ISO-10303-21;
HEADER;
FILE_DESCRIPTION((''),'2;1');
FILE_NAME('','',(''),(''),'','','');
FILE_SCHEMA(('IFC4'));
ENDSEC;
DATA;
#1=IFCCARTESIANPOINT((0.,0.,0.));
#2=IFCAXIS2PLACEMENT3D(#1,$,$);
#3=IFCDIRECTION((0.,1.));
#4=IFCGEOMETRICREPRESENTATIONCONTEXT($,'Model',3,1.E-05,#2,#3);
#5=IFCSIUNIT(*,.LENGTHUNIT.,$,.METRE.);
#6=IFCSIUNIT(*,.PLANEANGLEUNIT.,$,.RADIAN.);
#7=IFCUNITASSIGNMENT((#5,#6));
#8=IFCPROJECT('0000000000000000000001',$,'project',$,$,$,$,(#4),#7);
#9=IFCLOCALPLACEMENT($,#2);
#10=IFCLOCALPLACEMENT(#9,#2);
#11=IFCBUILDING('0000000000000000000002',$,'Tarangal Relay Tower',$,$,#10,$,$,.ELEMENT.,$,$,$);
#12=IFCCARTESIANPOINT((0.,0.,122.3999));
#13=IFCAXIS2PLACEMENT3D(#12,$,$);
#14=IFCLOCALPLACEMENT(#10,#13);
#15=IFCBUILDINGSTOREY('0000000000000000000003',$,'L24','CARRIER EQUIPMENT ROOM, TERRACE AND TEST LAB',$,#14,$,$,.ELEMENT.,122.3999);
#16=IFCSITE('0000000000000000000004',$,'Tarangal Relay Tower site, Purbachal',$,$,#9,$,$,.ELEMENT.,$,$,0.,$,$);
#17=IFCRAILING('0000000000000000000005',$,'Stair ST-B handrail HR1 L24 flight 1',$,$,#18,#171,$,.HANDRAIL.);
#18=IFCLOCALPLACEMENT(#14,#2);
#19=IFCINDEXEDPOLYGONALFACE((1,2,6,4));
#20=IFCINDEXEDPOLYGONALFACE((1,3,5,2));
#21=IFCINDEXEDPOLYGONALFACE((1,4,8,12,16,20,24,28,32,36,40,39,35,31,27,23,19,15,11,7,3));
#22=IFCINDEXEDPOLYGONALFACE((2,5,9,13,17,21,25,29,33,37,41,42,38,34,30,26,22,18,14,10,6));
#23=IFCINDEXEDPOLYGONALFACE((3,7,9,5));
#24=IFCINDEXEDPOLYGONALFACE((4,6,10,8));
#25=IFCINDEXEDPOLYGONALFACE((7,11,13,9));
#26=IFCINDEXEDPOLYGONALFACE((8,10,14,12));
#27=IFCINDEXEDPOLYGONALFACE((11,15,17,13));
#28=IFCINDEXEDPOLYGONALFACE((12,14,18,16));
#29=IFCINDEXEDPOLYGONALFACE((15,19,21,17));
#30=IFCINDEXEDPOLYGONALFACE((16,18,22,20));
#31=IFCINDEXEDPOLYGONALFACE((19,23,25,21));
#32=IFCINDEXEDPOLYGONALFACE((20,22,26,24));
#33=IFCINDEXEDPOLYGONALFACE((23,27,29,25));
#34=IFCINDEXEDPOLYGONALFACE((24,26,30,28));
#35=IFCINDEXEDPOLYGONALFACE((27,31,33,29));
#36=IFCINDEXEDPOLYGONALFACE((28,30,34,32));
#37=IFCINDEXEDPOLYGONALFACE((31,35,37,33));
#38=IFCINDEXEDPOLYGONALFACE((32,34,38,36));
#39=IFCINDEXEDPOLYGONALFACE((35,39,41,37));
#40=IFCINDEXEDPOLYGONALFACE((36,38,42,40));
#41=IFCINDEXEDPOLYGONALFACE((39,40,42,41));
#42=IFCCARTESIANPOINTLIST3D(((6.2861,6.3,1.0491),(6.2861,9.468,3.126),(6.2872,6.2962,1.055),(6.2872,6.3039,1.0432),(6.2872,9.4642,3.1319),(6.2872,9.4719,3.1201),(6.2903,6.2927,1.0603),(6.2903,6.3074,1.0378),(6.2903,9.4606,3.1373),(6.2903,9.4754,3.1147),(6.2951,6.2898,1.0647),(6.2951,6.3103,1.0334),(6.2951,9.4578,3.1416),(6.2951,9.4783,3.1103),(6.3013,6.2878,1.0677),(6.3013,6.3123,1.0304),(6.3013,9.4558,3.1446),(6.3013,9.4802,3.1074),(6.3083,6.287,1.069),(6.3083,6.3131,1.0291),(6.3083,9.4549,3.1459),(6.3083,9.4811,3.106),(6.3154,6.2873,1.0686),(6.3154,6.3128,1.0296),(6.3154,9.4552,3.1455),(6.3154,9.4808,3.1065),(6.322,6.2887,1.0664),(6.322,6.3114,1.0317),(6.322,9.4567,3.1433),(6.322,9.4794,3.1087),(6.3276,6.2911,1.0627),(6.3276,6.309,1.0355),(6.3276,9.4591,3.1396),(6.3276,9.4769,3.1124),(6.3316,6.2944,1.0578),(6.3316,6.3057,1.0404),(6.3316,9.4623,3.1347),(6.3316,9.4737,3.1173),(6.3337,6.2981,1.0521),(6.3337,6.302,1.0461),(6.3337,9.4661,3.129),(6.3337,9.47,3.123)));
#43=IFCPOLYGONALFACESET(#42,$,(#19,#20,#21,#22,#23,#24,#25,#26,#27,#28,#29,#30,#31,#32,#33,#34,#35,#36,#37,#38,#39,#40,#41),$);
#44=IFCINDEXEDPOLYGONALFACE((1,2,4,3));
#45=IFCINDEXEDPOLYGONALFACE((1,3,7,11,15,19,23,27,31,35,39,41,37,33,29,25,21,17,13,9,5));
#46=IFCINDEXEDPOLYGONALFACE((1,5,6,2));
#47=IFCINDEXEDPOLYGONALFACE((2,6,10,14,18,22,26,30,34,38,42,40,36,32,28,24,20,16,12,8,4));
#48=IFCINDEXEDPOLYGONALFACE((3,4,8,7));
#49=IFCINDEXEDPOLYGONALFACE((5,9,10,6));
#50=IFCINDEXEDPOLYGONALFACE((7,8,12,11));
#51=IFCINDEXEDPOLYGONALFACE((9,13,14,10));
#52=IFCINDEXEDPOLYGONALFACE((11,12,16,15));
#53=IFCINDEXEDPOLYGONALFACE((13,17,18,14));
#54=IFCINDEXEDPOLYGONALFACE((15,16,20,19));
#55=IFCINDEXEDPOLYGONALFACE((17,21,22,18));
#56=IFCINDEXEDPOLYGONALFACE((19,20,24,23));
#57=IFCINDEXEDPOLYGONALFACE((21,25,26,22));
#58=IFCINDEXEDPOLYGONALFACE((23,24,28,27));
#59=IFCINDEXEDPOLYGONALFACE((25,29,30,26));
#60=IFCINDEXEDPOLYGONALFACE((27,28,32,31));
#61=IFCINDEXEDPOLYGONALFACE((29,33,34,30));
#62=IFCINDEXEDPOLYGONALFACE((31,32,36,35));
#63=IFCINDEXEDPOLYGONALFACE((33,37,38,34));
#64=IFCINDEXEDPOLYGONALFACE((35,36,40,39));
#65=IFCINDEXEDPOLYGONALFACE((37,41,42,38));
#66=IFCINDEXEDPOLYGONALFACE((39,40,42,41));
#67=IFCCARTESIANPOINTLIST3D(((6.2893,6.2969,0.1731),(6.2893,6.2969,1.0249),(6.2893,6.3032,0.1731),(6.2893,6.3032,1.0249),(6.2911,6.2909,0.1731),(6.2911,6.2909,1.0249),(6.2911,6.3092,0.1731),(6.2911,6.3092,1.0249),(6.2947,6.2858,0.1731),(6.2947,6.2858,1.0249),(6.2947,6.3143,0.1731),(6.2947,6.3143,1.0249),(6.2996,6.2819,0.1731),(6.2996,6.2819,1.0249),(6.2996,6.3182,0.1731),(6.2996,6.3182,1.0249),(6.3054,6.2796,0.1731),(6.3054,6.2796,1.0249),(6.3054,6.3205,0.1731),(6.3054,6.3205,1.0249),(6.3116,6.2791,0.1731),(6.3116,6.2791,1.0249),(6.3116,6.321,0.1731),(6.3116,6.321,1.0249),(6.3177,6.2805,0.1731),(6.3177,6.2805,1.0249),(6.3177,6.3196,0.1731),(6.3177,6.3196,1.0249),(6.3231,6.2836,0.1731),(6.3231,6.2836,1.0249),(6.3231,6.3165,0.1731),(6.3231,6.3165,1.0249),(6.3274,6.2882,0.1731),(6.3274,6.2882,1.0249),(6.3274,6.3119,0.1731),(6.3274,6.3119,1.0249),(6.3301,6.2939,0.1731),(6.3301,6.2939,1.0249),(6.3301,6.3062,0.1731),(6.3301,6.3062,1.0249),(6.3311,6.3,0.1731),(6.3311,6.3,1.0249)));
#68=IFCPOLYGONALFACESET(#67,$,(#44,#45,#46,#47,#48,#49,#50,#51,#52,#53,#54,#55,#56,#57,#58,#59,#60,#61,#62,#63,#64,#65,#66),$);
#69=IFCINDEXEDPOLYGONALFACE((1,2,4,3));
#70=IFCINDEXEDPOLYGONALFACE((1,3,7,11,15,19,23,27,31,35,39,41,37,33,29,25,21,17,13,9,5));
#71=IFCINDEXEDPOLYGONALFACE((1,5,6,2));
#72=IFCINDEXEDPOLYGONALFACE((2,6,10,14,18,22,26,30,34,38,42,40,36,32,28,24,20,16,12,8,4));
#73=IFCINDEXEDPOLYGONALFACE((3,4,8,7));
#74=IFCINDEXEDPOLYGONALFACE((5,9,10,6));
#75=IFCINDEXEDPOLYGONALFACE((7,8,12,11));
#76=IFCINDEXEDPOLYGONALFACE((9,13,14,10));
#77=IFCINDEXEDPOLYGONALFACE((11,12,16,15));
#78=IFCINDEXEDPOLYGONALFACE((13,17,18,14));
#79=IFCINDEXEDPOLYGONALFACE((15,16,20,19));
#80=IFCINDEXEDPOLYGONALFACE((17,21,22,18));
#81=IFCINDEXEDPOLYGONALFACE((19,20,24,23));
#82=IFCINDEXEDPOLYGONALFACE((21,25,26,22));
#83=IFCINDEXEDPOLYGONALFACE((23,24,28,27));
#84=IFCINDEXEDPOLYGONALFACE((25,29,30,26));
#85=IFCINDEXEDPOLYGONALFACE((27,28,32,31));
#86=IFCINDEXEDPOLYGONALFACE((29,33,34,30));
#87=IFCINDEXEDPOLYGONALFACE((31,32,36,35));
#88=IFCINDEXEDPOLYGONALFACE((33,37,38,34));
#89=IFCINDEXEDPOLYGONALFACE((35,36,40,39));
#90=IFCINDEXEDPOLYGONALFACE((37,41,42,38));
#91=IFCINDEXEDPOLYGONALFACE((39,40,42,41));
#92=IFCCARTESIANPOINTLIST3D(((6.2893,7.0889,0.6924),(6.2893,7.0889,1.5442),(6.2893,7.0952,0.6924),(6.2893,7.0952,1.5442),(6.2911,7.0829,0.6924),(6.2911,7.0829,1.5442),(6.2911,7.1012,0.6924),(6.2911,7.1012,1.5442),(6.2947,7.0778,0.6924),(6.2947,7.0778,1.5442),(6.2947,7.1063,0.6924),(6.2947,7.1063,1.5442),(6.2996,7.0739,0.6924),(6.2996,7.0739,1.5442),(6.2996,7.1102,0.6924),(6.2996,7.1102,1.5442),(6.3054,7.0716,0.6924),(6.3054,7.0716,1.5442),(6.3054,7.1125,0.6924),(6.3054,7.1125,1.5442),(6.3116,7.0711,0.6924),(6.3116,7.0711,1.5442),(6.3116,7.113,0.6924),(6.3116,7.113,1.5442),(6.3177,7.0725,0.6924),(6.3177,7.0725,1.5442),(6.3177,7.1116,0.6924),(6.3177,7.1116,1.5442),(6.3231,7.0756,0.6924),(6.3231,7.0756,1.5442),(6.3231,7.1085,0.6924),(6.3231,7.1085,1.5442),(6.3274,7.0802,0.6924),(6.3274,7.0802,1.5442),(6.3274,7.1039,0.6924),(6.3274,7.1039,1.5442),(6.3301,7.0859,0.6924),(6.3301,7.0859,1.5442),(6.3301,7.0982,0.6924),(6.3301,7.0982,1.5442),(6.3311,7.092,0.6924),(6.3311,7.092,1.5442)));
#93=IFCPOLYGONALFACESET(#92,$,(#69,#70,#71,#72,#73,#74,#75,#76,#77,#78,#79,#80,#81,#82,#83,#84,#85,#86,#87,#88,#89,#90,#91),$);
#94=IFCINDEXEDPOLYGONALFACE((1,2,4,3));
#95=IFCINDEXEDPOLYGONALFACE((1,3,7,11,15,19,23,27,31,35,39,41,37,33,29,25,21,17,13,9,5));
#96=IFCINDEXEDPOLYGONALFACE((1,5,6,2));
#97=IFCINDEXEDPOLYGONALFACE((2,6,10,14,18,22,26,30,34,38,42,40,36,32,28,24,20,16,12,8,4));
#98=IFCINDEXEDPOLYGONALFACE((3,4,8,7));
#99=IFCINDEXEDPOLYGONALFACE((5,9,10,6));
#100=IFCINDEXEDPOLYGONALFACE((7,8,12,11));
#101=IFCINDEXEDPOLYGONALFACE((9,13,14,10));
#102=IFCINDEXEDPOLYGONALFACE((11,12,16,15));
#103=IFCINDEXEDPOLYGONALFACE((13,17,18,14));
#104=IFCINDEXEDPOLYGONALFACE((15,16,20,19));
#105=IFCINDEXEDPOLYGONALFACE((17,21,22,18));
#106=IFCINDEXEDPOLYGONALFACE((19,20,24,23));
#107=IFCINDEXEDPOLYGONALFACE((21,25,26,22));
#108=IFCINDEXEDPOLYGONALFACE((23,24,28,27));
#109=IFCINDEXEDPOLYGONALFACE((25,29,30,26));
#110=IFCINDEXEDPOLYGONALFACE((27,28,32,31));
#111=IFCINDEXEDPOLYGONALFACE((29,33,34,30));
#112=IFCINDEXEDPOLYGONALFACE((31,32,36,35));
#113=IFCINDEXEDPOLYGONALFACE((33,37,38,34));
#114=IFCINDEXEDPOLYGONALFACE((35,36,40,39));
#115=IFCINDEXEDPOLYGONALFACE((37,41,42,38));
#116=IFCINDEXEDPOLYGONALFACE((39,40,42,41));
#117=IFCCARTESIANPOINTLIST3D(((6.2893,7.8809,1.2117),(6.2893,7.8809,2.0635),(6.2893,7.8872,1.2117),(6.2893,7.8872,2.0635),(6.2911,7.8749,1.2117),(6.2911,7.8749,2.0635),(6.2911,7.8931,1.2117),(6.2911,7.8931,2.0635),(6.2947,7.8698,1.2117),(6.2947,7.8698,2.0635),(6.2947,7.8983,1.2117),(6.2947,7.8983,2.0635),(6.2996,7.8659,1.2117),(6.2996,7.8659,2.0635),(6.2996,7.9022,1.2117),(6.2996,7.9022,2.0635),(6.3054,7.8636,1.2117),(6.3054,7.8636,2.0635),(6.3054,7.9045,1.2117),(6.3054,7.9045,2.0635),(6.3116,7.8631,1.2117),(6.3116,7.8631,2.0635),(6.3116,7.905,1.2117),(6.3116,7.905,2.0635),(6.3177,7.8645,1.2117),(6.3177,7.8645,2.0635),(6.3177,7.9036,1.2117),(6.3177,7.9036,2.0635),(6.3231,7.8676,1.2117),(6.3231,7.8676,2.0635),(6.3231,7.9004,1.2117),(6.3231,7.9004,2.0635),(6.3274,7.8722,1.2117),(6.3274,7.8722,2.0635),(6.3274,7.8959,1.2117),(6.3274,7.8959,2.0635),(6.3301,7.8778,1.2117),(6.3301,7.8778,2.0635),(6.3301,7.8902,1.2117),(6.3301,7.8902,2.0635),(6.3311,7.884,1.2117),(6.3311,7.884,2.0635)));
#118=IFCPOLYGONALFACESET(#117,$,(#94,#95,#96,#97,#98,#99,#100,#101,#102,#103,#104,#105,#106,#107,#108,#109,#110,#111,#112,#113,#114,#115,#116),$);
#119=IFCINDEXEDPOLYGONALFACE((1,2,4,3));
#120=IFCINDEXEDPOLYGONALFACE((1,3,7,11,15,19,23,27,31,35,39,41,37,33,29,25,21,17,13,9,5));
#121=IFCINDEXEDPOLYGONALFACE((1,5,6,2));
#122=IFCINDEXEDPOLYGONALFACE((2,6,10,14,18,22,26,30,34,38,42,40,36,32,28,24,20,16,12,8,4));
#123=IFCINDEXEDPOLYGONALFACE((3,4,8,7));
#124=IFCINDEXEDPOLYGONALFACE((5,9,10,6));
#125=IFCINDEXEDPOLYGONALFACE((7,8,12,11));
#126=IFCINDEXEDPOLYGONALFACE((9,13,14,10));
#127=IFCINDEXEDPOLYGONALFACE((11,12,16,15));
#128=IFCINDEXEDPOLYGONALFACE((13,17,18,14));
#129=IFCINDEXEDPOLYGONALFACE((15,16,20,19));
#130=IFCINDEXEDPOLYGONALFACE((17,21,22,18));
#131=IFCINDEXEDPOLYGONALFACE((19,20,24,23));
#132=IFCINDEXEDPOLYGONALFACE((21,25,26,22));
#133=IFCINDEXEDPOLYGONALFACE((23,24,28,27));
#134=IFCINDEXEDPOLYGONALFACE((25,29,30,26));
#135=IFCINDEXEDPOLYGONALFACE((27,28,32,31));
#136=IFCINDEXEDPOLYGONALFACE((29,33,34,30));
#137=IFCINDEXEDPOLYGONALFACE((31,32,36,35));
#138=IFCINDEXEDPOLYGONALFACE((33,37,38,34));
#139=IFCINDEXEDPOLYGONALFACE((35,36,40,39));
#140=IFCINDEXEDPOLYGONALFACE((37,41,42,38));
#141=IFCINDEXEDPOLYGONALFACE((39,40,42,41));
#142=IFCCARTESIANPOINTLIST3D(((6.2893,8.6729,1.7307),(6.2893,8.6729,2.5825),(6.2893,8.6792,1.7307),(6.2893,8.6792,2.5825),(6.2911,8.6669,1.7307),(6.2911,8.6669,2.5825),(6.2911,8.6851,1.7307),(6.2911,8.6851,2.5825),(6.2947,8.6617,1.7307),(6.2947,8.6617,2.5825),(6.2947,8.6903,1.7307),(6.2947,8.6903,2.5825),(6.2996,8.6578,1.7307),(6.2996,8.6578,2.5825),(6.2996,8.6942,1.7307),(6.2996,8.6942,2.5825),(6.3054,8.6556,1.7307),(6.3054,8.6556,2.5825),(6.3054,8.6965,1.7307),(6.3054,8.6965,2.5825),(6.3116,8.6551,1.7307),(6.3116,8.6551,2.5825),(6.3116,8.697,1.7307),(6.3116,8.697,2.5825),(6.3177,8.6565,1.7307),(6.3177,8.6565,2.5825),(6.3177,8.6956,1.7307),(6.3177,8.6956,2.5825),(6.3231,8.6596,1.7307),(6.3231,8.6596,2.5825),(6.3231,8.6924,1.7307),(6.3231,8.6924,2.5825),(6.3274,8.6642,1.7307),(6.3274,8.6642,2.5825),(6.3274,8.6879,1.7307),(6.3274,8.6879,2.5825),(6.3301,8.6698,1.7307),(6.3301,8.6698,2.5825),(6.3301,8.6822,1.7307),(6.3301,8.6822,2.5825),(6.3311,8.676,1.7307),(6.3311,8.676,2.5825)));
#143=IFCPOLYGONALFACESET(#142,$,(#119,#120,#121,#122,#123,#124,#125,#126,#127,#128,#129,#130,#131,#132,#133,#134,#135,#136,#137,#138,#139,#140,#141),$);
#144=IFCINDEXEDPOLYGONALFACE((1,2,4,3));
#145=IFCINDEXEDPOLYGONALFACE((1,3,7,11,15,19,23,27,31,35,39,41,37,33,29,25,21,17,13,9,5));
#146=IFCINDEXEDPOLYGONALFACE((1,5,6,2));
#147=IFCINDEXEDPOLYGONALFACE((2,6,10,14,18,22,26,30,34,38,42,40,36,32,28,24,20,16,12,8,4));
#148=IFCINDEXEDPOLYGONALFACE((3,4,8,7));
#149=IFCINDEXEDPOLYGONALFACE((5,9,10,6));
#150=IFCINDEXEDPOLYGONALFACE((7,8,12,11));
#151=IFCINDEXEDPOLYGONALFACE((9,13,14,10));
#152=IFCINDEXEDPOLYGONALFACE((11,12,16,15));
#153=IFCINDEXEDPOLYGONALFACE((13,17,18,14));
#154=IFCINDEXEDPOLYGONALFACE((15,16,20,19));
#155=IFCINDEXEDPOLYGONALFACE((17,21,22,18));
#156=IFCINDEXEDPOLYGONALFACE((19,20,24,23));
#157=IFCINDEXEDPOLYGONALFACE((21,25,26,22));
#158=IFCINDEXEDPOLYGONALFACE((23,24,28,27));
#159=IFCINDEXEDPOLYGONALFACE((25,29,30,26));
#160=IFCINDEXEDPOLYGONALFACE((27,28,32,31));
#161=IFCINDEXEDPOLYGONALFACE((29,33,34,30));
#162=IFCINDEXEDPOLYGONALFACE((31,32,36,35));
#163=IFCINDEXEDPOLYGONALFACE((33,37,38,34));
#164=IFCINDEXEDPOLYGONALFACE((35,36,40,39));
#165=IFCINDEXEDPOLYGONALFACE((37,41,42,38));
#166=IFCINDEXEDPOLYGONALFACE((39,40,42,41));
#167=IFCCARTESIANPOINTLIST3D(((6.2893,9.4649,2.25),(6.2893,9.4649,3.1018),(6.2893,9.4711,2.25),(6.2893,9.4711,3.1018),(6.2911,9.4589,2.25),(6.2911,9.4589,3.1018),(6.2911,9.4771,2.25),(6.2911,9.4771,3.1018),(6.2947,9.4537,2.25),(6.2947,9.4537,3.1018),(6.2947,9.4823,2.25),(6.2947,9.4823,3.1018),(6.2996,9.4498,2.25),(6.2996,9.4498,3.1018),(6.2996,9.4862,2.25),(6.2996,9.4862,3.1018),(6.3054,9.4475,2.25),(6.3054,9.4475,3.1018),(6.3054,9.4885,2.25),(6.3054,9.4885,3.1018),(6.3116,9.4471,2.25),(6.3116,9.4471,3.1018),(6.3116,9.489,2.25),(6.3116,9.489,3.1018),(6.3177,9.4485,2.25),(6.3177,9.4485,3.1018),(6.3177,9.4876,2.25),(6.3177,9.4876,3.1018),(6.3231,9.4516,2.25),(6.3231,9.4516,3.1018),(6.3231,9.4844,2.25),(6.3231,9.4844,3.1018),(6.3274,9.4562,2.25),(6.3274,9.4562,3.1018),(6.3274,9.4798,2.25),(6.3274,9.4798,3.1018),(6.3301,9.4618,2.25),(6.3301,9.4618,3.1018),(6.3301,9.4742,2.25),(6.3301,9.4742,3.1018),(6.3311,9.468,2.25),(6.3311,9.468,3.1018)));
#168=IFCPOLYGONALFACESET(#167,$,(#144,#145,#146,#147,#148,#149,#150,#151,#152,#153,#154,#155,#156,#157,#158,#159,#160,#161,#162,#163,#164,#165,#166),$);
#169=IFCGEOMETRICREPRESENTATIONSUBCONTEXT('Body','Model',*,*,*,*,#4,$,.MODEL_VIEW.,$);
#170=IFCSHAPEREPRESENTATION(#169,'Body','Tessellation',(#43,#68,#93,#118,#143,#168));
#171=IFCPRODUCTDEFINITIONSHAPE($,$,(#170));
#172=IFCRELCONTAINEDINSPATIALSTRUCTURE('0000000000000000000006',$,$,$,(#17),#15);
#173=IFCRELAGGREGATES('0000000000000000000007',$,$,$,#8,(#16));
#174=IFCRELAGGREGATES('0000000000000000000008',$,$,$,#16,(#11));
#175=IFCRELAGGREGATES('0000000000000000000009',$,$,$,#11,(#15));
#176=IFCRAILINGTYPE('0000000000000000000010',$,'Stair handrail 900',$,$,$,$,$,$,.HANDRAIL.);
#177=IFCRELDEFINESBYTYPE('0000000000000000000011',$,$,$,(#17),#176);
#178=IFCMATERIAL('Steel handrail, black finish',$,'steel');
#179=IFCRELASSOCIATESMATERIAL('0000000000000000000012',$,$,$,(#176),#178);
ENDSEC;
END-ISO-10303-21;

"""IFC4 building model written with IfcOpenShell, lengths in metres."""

from ifc_helpers import new_model, si_unit, direction, frame, origin, origin_2d, place, context, subcontext, project, spatial, circle, extrude, material, type_object, element, save


model = new_model("IFC4")

# Units and contexts
model_context = context("Model", 3, precision=1e-05, world=origin(), true_north=direction((0.0, 1.0)))
body_context = subcontext(model_context, "Body", "Model", "MODEL_VIEW")
ifc_project = project(units=[si_unit("LENGTHUNIT", "METRE"), si_unit("PLANEANGLEUNIT", "RADIAN")], contexts=[model_context])

# Site, building, storey
site_placement = place(None, origin())
site = spatial("IfcSite", under=ifc_project, at=site_placement, Name="Tarangal Relay Tower site, Purbachal", CompositionType="ELEMENT", RefElevation=0.0)
building_placement = place(site_placement, origin())
building = spatial("IfcBuilding", under=site, at=building_placement, Name="Tarangal Relay Tower", CompositionType="ELEMENT")
storey_placement = place(building_placement, frame((0.0, 0.0, 122.3999)))
storey = spatial("IfcBuildingStorey", under=building, at=storey_placement, Name="L24", Description="CARRIER EQUIPMENT ROOM, TERRACE AND TEST LAB", CompositionType="ELEMENT", Elevation=122.3999)

# Railing
ifc_material_1 = material(Name="Steel handrail, black finish", Category="steel")
railing_type_1 = type_object("IfcRailingType", Name="Stair handrail 900", PredefinedType="HANDRAIL", material=ifc_material_1)
railing_1_placement = place(storey_placement, frame((6.3101, 6.3, 0.1731)))
element("IfcRailing", 1, at=railing_1_placement, inside=storey, type_object=railing_type_1, Name="Stair ST-B handrail HR1 L24 flight 1", PredefinedType="HANDRAIL", context=body_context, shape_type="SweptSolid", body=[
    extrude(circle(Radius=0.0239, at=origin_2d()), frame((0.0, 0.0, 0.876), z_axis=(0.0, 0.836299, 0.548273), x_axis=(-1.0, 0.0, 0.0)), (0.0, 0.0, 1.0), 3.7881),
    extrude(circle(Radius=0.021, at=origin_2d()), origin(), (0.0, 0.0, 1.0), 0.8518),
    extrude(circle(Radius=0.021, at=origin_2d()), frame((0.0, 0.792, 0.5193)), (0.0, 0.0, 1.0), 0.8518),
    extrude(circle(Radius=0.021, at=origin_2d()), frame((0.0, 1.584, 1.0386)), (0.0, 0.0, 1.0), 0.8518),
    extrude(circle(Radius=0.021, at=origin_2d()), frame((0.0, 2.376, 1.5576)), (0.0, 0.0, 1.0), 0.8518),
    extrude(circle(Radius=0.021, at=origin_2d()), frame((0.0, 3.168, 2.0769)), (0.0, 0.0, 1.0), 0.8518),
])

save(model, "model.ifc")
